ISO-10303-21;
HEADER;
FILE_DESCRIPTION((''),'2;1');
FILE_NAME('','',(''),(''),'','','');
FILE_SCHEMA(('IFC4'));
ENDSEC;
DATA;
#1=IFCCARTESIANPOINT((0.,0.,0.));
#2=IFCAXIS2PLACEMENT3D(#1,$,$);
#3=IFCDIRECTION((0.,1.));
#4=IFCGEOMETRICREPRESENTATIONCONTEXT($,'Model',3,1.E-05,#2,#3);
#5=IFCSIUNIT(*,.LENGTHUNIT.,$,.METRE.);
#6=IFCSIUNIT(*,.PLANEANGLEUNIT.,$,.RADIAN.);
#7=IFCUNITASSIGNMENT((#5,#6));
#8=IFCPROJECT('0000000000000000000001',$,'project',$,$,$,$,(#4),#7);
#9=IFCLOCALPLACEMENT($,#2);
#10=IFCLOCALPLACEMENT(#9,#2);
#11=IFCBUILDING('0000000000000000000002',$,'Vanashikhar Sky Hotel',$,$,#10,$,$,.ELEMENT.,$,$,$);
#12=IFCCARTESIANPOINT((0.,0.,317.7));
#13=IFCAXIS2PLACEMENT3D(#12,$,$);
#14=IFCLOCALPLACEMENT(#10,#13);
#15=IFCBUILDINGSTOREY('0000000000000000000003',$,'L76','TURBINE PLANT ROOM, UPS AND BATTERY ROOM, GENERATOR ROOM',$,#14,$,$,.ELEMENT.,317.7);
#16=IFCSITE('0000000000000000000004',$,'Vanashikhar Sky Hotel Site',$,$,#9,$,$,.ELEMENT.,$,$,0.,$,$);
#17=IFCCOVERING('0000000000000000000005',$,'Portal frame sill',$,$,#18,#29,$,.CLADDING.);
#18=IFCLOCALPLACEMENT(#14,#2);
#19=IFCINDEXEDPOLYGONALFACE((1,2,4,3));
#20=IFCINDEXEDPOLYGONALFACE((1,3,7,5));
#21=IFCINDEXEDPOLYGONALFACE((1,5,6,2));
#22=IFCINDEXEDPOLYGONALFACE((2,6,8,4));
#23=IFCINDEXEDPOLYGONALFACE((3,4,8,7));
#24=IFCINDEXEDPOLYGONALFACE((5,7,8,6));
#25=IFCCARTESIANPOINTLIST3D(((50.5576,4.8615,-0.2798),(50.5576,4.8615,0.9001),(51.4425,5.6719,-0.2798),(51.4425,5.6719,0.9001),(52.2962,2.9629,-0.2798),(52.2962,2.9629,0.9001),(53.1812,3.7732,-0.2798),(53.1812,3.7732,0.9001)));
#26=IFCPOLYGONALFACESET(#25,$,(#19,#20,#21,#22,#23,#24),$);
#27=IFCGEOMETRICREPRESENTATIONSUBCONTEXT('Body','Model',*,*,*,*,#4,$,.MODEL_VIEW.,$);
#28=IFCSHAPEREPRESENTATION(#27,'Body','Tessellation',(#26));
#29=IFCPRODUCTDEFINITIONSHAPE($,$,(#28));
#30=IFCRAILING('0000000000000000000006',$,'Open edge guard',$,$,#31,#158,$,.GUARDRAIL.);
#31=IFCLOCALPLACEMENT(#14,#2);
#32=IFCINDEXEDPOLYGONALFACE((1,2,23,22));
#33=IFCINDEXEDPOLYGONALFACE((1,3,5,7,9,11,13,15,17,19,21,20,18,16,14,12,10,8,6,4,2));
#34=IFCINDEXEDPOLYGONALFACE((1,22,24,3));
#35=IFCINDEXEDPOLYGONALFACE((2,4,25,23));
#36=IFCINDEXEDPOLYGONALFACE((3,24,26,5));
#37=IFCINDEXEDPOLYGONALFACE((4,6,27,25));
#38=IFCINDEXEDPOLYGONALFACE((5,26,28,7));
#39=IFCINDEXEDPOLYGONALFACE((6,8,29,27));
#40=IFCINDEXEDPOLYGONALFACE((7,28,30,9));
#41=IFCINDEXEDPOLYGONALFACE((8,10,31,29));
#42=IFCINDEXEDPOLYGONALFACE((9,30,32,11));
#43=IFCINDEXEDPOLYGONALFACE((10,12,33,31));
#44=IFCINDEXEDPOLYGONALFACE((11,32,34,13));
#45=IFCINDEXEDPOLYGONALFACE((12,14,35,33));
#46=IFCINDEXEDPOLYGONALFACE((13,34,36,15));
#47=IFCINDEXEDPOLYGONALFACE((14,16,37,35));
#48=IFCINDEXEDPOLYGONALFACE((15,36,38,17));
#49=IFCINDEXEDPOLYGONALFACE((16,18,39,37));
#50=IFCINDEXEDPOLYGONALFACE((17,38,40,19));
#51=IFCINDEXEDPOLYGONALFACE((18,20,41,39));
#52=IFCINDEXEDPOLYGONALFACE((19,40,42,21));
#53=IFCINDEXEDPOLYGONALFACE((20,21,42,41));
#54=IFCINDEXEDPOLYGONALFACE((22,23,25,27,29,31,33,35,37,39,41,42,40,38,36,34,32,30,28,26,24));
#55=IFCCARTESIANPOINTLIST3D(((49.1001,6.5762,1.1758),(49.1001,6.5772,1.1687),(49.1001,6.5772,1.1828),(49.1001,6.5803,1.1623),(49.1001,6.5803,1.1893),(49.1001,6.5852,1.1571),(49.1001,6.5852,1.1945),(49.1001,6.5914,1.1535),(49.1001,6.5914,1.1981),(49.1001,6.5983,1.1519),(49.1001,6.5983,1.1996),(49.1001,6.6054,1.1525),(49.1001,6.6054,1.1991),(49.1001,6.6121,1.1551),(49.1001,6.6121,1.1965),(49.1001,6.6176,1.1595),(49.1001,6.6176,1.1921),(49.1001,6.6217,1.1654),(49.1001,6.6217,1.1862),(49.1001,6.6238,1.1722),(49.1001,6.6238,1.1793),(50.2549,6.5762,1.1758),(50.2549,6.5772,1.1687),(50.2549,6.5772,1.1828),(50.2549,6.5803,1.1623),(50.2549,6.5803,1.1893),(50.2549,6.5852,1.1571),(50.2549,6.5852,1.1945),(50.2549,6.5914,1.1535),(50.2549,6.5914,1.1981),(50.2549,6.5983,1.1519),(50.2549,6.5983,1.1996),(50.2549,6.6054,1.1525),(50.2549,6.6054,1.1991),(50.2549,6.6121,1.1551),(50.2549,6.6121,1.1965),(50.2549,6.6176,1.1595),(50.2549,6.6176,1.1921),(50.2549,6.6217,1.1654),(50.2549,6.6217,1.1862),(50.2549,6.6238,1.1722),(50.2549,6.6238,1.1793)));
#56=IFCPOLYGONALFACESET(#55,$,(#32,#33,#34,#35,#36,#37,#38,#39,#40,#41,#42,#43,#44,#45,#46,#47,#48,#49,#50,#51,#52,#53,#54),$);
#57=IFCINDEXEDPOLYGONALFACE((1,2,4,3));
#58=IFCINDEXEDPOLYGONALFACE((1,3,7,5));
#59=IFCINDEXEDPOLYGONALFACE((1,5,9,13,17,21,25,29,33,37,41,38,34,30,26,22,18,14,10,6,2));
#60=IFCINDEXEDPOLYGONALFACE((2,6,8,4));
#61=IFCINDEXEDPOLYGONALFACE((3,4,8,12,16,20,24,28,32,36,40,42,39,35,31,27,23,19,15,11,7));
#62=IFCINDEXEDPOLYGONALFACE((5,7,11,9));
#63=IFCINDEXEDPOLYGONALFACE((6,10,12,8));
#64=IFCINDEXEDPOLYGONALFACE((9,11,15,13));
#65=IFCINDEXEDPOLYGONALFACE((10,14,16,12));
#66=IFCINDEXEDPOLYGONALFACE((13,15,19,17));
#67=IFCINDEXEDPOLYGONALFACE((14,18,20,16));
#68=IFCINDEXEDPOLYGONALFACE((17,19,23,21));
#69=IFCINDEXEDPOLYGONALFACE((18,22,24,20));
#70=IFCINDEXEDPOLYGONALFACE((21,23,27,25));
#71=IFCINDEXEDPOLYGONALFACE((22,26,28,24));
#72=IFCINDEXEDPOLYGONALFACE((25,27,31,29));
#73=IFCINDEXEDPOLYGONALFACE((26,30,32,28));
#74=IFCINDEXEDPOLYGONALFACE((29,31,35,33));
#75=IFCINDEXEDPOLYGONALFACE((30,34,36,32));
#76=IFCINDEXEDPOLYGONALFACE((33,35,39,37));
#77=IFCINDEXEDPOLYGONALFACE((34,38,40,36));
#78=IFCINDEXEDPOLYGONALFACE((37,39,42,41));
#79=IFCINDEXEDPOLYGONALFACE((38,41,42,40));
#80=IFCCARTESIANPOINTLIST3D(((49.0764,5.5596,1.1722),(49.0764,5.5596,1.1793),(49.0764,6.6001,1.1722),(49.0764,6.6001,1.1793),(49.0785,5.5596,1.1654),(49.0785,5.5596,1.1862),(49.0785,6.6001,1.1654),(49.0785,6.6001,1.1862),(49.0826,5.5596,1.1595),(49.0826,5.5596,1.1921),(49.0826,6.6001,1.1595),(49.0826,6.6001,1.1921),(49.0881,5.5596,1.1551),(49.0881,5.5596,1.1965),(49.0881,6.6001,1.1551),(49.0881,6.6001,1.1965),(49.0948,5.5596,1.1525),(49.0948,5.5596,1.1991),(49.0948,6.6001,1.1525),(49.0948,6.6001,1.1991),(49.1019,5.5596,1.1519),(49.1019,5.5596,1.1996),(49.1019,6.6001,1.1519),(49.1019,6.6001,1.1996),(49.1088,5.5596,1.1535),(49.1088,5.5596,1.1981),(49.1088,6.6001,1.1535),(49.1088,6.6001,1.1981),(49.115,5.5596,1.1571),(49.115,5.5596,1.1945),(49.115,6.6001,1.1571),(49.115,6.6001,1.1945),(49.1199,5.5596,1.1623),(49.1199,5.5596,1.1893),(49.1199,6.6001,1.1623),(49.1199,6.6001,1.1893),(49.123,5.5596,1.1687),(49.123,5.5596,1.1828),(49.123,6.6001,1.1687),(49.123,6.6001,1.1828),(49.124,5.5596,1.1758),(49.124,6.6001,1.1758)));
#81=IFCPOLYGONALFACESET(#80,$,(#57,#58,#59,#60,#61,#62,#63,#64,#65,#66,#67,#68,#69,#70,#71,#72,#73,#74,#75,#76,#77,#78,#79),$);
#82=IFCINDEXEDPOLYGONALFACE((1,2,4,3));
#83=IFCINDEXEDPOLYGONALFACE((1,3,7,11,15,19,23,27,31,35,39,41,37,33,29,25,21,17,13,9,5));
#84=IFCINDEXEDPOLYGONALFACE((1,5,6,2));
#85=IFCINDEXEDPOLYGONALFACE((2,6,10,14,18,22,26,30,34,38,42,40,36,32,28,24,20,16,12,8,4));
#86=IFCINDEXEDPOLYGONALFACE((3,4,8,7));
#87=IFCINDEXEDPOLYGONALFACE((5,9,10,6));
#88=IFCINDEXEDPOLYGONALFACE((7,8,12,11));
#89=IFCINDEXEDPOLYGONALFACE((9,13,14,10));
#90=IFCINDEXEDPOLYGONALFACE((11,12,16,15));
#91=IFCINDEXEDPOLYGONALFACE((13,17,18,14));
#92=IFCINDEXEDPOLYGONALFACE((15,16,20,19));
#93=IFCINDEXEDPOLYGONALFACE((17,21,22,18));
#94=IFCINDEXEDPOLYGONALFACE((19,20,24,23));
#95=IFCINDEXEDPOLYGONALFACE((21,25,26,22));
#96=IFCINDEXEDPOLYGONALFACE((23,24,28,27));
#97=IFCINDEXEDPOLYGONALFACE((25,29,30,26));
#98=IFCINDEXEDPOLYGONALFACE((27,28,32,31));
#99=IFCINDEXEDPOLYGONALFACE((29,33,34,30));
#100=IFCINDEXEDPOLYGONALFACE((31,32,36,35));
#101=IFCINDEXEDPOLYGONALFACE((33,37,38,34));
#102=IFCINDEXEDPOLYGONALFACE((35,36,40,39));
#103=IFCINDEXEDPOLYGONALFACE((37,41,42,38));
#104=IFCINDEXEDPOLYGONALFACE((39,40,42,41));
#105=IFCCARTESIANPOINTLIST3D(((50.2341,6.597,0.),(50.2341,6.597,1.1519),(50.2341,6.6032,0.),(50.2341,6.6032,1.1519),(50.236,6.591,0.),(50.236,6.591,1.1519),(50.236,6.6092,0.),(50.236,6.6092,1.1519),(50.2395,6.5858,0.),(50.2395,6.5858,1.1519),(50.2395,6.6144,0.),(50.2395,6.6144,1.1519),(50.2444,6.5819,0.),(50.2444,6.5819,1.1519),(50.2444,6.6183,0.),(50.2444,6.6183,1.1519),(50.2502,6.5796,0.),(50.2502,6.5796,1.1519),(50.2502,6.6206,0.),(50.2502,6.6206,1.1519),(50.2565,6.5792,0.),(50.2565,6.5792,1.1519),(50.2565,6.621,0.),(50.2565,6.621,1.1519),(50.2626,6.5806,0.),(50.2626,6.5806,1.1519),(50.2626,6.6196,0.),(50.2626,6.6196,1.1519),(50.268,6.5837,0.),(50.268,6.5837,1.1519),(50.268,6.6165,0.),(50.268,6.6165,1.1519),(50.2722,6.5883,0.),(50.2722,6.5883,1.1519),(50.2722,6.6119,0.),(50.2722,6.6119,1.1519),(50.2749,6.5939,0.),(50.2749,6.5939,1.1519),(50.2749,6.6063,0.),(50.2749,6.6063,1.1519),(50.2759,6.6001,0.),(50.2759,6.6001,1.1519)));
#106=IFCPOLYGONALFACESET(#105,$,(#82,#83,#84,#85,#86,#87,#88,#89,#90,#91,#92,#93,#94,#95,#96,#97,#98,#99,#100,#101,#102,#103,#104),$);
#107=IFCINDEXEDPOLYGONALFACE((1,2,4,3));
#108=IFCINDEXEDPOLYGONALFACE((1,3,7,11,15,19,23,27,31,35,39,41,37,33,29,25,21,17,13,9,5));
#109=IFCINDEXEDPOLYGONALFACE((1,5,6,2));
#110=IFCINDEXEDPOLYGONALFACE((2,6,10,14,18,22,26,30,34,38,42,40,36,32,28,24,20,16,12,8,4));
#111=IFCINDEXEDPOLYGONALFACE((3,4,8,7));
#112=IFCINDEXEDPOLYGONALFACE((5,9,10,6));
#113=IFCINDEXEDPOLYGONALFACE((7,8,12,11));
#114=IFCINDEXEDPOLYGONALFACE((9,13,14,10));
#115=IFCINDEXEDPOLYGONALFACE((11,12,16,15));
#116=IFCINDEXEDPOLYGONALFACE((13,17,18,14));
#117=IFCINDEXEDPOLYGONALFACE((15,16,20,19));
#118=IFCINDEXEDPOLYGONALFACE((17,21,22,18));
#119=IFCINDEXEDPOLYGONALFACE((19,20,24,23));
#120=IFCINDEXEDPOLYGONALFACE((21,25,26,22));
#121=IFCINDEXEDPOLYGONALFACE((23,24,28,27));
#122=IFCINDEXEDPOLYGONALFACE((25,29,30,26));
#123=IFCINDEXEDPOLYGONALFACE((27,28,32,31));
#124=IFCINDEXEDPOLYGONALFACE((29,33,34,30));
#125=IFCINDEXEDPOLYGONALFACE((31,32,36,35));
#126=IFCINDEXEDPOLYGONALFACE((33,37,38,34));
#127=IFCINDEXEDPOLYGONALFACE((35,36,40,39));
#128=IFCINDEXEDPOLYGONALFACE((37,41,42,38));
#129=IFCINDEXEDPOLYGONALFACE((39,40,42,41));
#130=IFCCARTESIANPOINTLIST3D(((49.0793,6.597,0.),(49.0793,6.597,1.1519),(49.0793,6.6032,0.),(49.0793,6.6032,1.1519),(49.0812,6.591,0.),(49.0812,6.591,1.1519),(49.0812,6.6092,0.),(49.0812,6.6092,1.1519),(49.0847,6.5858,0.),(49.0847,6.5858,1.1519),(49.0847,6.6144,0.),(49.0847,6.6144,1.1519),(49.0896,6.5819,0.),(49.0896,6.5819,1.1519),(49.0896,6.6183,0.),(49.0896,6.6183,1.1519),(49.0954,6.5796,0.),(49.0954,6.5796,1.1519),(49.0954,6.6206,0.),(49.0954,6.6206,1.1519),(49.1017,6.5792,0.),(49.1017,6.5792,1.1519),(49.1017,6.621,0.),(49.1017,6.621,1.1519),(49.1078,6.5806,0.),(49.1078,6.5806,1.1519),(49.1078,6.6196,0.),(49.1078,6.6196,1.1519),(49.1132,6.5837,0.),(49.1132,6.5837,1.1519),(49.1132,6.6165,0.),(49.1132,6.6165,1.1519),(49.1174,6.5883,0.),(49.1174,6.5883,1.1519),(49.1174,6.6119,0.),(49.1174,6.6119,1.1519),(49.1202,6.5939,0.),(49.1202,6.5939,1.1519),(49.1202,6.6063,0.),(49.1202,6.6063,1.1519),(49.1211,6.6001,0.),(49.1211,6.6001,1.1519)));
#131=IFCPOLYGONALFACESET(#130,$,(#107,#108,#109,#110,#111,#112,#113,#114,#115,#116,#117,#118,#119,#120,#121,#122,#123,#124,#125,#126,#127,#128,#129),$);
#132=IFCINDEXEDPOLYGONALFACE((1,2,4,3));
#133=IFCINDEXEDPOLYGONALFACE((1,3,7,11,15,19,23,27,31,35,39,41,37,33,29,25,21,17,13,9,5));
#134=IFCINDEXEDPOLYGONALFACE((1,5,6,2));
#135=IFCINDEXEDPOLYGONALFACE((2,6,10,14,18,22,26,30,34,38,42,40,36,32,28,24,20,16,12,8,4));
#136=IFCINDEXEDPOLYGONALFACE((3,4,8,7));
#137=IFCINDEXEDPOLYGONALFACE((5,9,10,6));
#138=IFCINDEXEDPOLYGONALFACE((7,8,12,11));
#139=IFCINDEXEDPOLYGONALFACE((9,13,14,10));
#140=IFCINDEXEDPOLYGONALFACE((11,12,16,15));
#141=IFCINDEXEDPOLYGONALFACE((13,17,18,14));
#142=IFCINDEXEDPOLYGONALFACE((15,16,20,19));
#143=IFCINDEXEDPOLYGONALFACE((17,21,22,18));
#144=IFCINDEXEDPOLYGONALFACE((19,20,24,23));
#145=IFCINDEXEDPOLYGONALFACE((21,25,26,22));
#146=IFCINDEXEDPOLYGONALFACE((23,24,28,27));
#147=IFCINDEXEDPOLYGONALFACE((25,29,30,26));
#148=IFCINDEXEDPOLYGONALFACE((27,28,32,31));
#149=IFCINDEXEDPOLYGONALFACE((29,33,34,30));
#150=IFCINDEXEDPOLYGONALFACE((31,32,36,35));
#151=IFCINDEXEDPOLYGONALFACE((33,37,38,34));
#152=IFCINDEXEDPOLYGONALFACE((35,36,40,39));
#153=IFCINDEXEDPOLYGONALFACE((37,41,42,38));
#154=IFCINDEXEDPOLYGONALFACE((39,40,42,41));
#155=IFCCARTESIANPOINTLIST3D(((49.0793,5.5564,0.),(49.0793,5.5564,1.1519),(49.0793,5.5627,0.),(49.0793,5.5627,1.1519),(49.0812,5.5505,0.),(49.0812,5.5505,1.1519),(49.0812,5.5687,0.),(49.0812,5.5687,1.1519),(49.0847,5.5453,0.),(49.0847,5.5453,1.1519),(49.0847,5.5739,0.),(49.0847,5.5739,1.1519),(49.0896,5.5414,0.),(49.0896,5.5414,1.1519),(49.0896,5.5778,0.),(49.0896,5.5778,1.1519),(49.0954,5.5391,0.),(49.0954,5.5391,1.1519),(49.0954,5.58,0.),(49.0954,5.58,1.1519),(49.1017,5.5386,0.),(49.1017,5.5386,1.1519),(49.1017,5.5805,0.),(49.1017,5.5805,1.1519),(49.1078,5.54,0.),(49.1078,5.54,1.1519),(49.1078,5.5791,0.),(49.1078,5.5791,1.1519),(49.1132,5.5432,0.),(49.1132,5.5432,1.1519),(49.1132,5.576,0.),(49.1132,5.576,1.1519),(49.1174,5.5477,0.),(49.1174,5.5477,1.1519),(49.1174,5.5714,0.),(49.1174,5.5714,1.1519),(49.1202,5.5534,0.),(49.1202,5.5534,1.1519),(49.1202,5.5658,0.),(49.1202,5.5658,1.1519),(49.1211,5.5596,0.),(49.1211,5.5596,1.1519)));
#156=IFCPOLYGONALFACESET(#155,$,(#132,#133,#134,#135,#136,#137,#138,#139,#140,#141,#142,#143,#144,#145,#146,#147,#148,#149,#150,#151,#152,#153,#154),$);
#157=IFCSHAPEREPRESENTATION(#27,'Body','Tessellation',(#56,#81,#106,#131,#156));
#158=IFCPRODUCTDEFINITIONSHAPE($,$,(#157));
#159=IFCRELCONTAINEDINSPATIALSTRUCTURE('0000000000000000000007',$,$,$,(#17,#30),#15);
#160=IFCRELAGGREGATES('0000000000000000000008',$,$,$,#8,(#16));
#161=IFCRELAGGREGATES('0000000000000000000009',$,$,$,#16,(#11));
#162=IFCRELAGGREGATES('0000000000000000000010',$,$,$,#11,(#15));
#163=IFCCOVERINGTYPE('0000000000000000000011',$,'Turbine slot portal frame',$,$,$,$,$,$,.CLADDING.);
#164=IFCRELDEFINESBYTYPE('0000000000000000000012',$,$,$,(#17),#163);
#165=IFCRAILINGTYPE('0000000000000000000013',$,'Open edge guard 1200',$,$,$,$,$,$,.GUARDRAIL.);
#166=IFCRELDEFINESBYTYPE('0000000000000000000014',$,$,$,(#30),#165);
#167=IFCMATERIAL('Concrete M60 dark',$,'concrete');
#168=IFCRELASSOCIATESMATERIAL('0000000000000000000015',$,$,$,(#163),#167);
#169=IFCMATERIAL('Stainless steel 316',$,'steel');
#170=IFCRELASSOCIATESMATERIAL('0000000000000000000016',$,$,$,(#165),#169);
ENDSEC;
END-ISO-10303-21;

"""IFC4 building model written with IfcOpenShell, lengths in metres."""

from ifc_helpers import new_model, si_unit, direction, frame, origin, origin_2d, place, context, subcontext, project, spatial, rectangle, circle, extrude, source, transform, mapped, material, type_object, element, save


model = new_model("IFC4")

# Units and contexts
model_context = context("Model", 3, precision=1e-05, world=origin(), true_north=direction((0.0, 1.0)))
body_context = subcontext(model_context, "Body", "Model", "MODEL_VIEW")
ifc_project = project(units=[si_unit("LENGTHUNIT", "METRE"), si_unit("PLANEANGLEUNIT", "RADIAN")], contexts=[model_context])

# Site, building, storey
site_placement = place(None, origin())
site = spatial("IfcSite", under=ifc_project, at=site_placement, Name="Vanashikhar Sky Hotel Site", CompositionType="ELEMENT", RefElevation=0.0)
building_placement = place(site_placement, origin())
building = spatial("IfcBuilding", under=site, at=building_placement, Name="Vanashikhar Sky Hotel", CompositionType="ELEMENT")
storey_placement = place(building_placement, frame((0.0, 0.0, 317.7)))
storey = spatial("IfcBuildingStorey", under=building, at=storey_placement, Name="L76", Description="TURBINE PLANT ROOM, UPS AND BATTERY ROOM, GENERATOR ROOM", CompositionType="ELEMENT", Elevation=317.7)

# Covering
ifc_material_1 = material(Name="Concrete M60 dark", Category="concrete")
covering_type_1 = type_object("IfcCoveringType", Name="Turbine slot portal frame", PredefinedType="CLADDING", material=ifc_material_1)
shared_shape_1 = source(origin(), body_context, "Body", "SweptSolid", [
    extrude(rectangle(XDim=2.5745, YDim=1.2, at=origin_2d()), origin(), (0.0, 0.0, 1.0), 1.1799),
])
for number, where, z_axis, x_axis, name in (
    (1, (51.8694, 4.3174, -0.2798), (0.0, 0.0, 1.0), (0.675346, -0.737501, 0.0), "Portal frame sill"),
):
    element("IfcCovering", number, at=place(storey_placement, frame(where, z_axis=z_axis, x_axis=x_axis)), inside=storey, type_object=covering_type_1, Name=name, PredefinedType="CLADDING", context=body_context, shape_type="MappedRepresentation", body=[
        mapped(shared_shape_1, transform((0.0, 0.0, 0.0), scale=1.0)),
    ])

# Railing
ifc_material_2 = material(Name="Stainless steel 316", Category="steel")
railing_type = type_object("IfcRailingType", Name="Open edge guard 1200", PredefinedType="GUARDRAIL", material=ifc_material_2)
shared_shape_2 = source(origin(), body_context, "Body", "SweptSolid", [
    extrude(circle(Radius=0.0239, at=origin_2d()), frame((0.0, 0.0, 1.1758), z_axis=(-1.0, 0.0, 0.0), x_axis=(0.0, -1.0, 0.0)), (0.0, 0.0, 1.0), 1.1548),
    extrude(circle(Radius=0.0239, at=origin_2d()), frame((-1.1548, 0.0, 1.1758), z_axis=(0.0, -1.0, 0.0), x_axis=(1.0, 0.0, 0.0)), (0.0, 0.0, 1.0), 1.0405),
    extrude(circle(Radius=0.021, at=origin_2d()), origin(), (0.0, 0.0, 1.0), 1.1519),
    extrude(circle(Radius=0.021, at=origin_2d()), frame((-1.1548, 0.0, 0.0)), (0.0, 0.0, 1.0), 1.1519),
    extrude(circle(Radius=0.021, at=origin_2d()), frame((-1.1548, -1.0405, 0.0)), (0.0, 0.0, 1.0), 1.1519),
])
railing_1_placement = place(storey_placement, frame((50.2549, 6.6001, 0.0)))
element("IfcRailing", 2, at=railing_1_placement, inside=storey, type_object=railing_type, Name="Open edge guard", PredefinedType="GUARDRAIL", context=body_context, shape_type="MappedRepresentation", body=[
    mapped(shared_shape_2, transform((0.0, 0.0, 0.0), scale=1.0)),
])

save(model, "model.ifc")
